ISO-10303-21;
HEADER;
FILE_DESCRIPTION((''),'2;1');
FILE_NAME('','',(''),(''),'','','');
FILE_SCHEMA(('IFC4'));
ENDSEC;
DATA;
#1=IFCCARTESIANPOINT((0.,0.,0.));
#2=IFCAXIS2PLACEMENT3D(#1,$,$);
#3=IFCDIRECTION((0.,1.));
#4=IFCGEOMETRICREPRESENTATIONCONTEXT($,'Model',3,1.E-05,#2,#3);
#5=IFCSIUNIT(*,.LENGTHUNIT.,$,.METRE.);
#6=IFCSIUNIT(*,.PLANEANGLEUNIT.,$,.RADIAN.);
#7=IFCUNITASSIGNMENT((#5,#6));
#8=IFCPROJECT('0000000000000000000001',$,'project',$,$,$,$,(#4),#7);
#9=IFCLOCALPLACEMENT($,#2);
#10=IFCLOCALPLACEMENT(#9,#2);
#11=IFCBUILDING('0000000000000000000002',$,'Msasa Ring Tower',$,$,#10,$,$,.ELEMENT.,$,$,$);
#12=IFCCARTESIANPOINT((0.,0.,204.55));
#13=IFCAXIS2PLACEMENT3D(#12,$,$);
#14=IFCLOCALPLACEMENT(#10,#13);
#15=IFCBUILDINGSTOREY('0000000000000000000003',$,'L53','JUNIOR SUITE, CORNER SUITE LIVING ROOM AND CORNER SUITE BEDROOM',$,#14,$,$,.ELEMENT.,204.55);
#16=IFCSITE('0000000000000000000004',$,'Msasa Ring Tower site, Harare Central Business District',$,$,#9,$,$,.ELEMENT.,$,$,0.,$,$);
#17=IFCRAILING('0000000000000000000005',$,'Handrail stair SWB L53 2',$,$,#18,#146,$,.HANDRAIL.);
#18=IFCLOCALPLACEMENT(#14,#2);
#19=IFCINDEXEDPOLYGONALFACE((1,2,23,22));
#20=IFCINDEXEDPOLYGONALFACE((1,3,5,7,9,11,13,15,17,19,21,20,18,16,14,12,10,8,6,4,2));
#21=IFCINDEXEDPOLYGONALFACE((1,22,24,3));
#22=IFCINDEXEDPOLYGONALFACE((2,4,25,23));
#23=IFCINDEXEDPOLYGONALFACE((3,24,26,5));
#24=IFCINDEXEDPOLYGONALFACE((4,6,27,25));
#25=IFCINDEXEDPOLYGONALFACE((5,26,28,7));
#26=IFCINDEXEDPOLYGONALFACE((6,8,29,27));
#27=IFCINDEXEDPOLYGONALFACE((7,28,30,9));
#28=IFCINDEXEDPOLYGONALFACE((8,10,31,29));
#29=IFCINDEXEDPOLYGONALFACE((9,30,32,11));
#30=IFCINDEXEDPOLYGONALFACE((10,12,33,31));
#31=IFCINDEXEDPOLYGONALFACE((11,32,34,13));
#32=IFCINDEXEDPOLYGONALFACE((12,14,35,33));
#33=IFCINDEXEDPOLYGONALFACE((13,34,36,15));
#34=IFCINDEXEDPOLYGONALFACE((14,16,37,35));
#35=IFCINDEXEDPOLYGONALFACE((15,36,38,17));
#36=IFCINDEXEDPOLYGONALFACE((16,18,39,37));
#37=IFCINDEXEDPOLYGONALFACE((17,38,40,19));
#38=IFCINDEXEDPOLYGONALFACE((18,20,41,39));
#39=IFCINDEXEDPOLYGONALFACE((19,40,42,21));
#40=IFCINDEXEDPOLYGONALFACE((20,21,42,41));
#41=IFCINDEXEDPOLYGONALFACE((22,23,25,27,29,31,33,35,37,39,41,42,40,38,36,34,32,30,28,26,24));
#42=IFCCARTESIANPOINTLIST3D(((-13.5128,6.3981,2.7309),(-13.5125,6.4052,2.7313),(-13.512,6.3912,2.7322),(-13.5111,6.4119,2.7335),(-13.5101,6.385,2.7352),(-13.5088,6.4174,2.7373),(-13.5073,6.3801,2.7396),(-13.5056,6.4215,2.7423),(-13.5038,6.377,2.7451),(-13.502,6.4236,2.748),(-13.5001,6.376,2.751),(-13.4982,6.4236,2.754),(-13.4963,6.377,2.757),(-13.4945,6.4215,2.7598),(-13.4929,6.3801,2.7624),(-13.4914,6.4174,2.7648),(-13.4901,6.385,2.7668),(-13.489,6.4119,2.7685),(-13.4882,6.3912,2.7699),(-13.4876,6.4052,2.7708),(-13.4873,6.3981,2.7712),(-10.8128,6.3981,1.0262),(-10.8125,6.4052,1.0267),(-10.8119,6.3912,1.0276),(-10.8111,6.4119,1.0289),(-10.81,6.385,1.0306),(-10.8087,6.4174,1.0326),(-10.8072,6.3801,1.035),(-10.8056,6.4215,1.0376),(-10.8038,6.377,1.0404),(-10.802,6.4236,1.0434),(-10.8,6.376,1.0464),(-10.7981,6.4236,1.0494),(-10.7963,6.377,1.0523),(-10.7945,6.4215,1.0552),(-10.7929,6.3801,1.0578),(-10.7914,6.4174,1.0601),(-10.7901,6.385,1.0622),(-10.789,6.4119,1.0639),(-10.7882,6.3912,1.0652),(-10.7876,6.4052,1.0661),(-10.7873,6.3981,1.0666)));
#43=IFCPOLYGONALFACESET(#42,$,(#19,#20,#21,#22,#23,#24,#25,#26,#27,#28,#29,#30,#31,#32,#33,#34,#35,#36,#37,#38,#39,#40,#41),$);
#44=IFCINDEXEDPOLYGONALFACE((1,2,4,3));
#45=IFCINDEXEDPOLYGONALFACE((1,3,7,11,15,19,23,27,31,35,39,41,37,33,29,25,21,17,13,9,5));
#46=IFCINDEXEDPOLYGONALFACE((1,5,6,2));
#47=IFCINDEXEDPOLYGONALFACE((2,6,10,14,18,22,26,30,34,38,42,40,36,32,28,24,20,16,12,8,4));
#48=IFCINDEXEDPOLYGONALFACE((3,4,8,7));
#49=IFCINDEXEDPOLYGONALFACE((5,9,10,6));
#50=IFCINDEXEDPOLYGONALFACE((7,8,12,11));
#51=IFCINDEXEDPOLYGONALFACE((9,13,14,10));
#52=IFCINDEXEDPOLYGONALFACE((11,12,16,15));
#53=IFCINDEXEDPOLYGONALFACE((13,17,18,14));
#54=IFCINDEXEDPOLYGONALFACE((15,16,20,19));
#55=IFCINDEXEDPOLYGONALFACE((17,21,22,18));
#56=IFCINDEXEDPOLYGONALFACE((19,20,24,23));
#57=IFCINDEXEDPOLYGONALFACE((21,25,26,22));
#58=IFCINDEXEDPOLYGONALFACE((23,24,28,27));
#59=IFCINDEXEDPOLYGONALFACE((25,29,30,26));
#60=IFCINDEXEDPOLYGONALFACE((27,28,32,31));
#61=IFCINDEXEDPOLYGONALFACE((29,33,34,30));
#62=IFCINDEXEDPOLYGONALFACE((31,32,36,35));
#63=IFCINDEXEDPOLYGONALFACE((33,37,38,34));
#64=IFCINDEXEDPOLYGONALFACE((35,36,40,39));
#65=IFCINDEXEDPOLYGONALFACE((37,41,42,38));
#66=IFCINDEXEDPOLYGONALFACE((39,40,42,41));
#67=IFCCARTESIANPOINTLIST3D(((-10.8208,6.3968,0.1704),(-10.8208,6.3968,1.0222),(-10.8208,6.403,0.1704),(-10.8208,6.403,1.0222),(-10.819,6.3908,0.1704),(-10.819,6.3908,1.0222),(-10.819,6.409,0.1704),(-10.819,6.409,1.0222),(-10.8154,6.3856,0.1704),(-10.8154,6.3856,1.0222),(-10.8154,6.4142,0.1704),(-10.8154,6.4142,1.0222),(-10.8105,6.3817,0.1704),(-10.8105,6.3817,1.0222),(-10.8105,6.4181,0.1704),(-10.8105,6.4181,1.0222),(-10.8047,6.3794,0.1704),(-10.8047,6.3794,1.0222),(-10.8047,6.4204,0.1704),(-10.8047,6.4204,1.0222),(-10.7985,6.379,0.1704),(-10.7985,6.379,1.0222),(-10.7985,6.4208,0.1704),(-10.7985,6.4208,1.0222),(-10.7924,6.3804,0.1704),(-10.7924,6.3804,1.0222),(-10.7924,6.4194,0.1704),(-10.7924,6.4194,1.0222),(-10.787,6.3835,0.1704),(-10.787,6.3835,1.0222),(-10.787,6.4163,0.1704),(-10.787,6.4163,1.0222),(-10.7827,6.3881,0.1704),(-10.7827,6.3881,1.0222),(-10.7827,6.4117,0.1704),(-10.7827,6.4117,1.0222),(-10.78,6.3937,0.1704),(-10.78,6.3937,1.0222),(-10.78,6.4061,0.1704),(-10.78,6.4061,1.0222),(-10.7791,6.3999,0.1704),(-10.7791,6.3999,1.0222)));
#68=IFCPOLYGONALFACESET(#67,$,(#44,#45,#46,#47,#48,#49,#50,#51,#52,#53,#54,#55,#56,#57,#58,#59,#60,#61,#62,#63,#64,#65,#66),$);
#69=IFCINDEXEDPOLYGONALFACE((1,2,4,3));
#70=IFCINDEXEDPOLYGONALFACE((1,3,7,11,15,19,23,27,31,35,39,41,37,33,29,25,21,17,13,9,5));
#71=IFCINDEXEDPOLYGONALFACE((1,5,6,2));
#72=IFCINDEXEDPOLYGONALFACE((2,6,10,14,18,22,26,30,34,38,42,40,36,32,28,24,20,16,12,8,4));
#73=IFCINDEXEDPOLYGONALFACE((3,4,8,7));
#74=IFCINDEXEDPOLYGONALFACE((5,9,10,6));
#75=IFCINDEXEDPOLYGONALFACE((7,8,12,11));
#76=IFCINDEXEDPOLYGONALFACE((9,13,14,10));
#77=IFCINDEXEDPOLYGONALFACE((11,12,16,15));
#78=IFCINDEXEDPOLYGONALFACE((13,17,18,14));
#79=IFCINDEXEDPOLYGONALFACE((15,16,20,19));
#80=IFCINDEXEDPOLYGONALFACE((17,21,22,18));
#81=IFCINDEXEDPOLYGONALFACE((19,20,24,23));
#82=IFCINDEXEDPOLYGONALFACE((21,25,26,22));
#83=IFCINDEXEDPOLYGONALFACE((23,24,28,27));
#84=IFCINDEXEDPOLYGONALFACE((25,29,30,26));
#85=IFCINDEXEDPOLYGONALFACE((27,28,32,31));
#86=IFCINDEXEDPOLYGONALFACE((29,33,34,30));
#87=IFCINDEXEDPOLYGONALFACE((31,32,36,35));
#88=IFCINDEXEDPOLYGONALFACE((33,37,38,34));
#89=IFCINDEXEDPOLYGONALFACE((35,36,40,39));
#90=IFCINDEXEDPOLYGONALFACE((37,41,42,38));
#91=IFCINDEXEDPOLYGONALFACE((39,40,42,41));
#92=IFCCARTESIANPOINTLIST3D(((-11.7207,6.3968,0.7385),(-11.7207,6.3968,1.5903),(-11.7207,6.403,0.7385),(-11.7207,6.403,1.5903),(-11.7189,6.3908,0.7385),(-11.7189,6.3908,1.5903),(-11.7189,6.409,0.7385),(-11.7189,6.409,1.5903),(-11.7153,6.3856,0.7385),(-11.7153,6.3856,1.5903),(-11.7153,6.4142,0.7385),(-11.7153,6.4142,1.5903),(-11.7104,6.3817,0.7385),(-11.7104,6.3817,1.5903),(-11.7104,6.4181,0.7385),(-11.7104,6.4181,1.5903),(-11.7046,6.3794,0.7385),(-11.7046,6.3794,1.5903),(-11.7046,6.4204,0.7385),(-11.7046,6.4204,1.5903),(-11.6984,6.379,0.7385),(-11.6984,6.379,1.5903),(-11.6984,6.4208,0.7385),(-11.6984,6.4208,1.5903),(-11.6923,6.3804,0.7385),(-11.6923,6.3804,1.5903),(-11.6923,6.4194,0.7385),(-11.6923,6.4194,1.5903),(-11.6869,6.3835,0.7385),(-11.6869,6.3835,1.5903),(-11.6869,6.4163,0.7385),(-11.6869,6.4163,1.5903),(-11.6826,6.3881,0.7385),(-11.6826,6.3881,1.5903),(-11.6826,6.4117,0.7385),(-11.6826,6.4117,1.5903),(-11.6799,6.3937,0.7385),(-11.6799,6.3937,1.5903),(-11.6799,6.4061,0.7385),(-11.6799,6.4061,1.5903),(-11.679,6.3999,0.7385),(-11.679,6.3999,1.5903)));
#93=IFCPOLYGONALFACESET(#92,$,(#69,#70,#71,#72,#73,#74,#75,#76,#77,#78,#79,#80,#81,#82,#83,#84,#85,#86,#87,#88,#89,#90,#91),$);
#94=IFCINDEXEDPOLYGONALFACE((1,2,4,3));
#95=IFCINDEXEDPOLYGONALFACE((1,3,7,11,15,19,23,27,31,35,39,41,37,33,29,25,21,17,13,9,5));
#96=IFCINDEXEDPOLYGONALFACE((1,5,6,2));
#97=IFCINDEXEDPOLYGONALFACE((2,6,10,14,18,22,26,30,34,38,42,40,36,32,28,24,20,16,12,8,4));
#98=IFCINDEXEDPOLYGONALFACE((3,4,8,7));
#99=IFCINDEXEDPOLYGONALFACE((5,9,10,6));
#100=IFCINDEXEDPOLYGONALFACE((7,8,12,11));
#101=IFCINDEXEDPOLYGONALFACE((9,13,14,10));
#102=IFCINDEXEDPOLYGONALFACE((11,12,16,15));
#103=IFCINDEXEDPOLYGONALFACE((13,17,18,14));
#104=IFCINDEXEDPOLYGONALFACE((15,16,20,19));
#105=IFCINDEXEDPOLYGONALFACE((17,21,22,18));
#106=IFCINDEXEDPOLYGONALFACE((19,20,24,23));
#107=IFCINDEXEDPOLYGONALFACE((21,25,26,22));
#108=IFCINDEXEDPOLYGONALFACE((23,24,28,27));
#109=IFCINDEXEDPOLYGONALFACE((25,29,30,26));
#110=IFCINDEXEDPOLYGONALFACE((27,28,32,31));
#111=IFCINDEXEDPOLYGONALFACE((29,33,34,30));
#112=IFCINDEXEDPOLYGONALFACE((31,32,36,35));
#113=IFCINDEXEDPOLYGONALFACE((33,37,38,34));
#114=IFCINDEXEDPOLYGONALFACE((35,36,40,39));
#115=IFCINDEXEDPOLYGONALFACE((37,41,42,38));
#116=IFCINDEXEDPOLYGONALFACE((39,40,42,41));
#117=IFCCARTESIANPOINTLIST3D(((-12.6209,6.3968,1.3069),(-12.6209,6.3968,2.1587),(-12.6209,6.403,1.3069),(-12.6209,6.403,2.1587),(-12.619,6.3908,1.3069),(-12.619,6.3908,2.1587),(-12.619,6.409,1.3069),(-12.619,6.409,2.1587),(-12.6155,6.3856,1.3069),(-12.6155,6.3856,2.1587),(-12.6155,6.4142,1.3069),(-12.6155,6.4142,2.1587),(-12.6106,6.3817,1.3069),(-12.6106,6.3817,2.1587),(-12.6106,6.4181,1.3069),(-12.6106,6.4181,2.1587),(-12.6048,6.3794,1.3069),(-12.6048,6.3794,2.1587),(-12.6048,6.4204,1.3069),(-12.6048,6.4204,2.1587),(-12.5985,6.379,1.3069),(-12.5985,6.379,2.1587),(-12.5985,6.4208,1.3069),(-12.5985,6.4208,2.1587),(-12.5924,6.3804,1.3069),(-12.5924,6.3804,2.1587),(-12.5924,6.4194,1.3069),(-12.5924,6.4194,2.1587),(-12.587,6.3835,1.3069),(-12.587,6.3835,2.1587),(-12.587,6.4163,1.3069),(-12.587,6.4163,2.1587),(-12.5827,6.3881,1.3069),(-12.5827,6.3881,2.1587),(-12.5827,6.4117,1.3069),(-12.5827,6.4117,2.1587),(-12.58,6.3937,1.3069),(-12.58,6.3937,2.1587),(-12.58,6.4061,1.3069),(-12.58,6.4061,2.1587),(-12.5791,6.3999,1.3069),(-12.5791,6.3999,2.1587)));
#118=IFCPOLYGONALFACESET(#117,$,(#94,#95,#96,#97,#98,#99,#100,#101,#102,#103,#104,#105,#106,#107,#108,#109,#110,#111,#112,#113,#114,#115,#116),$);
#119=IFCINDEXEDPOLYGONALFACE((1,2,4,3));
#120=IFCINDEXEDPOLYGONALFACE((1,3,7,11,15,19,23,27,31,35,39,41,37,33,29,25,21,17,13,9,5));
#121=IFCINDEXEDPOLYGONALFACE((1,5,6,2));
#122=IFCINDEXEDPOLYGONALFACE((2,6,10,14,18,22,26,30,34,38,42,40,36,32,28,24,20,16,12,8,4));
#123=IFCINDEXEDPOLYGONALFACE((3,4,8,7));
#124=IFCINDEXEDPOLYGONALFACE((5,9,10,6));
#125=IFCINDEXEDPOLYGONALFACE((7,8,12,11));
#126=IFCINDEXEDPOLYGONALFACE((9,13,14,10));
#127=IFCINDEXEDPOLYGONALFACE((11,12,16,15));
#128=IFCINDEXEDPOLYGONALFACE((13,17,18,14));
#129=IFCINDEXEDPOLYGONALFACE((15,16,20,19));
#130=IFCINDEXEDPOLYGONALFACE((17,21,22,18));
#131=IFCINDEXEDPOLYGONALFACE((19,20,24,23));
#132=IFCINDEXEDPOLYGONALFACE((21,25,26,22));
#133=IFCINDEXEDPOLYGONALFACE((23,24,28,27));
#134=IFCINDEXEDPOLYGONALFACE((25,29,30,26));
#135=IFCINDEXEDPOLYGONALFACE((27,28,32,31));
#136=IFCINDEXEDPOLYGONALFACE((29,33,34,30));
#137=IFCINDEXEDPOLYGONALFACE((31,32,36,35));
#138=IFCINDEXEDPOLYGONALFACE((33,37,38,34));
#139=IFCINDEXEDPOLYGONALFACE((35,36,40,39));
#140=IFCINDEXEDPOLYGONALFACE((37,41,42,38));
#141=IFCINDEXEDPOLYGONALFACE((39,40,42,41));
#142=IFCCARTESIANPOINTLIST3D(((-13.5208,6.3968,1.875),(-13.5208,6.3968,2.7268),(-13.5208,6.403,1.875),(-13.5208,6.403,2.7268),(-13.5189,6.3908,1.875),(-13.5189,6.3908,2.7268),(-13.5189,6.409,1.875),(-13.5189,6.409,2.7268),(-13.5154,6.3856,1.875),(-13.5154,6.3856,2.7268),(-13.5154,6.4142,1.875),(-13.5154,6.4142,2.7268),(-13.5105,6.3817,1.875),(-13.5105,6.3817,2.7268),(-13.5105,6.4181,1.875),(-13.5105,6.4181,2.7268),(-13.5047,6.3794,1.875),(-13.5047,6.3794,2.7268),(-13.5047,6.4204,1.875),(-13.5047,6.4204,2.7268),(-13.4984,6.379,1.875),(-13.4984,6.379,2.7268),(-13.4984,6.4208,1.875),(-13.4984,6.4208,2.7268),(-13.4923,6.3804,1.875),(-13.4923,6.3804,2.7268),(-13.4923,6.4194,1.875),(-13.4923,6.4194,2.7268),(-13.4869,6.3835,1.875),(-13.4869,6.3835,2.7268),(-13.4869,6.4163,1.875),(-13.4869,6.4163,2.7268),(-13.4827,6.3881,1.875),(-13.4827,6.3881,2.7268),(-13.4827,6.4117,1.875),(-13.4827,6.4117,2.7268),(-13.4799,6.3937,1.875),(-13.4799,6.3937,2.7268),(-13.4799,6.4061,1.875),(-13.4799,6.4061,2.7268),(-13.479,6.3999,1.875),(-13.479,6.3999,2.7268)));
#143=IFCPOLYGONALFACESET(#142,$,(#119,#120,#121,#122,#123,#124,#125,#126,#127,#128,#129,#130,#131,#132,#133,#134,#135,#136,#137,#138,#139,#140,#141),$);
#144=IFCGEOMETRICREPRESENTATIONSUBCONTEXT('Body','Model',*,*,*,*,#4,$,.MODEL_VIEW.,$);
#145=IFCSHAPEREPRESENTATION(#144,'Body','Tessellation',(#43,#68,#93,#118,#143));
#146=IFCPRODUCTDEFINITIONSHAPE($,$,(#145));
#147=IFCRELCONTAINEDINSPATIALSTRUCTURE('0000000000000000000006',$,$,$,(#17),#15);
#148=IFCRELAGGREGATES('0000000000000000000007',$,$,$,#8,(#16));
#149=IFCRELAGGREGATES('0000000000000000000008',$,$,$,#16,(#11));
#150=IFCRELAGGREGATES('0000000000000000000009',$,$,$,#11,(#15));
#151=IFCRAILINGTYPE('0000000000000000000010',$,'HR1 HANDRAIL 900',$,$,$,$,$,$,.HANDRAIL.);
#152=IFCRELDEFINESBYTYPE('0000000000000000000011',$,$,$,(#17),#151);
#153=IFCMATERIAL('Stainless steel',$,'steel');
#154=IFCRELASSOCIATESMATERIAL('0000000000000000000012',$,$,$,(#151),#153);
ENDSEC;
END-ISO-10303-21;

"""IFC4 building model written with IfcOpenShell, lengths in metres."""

from ifc_helpers import new_model, si_unit, direction, frame, origin, origin_2d, place, context, subcontext, project, spatial, circle, extrude, material, type_object, element, save


model = new_model("IFC4")

# Units and contexts
model_context = context("Model", 3, precision=1e-05, world=origin(), true_north=direction((0.0, 1.0)))
body_context = subcontext(model_context, "Body", "Model", "MODEL_VIEW")
ifc_project = project(units=[si_unit("LENGTHUNIT", "METRE"), si_unit("PLANEANGLEUNIT", "RADIAN")], contexts=[model_context])

# Site, building, storey
site_placement = place(None, origin())
site = spatial("IfcSite", under=ifc_project, at=site_placement, Name="Msasa Ring Tower site, Harare Central Business District", CompositionType="ELEMENT", RefElevation=0.0)
building_placement = place(site_placement, origin())
building = spatial("IfcBuilding", under=site, at=building_placement, Name="Msasa Ring Tower", CompositionType="ELEMENT")
storey_placement = place(building_placement, frame((0.0, 0.0, 204.55)))
storey = spatial("IfcBuildingStorey", under=building, at=storey_placement, Name="L53", Description="JUNIOR SUITE, CORNER SUITE LIVING ROOM AND CORNER SUITE BEDROOM", CompositionType="ELEMENT", Elevation=204.55)

# Railing
ifc_material_1 = material(Name="Stainless steel", Category="steel")
railing_type = type_object("IfcRailingType", Name="HR1 HANDRAIL 900", PredefinedType="HANDRAIL", material=ifc_material_1)
for number, where, name in (
    (1, (-10.8, 6.3999, 0.1704), "Handrail stair SWB L53 2"),
):
    element("IfcRailing", number, at=place(storey_placement, frame(where)), inside=storey, type_object=railing_type, Name=name, PredefinedType="HANDRAIL", context=body_context, shape_type="SweptSolid", body=[
        extrude(circle(Radius=0.0239, at=origin_2d()), frame((0.0, 0.0, 0.876), z_axis=(-0.84558, 0.0, 0.533849), x_axis=(0.0, -1.0, 0.0)), (0.0, 0.0, 1.0), 3.1931),
        extrude(circle(Radius=0.021, at=origin_2d()), origin(), (0.0, 0.0, 1.0), 0.8518),
        extrude(circle(Radius=0.021, at=origin_2d()), frame((-0.8999, 0.0, 0.5681)), (0.0, 0.0, 1.0), 0.8518),
        extrude(circle(Radius=0.021, at=origin_2d()), frame((-1.8, 0.0, 1.1365)), (0.0, 0.0, 1.0), 0.8518),
        extrude(circle(Radius=0.021, at=origin_2d()), frame((-2.7, 0.0, 1.7046)), (0.0, 0.0, 1.0), 0.8518),
    ])

save(model, "model.ifc")
